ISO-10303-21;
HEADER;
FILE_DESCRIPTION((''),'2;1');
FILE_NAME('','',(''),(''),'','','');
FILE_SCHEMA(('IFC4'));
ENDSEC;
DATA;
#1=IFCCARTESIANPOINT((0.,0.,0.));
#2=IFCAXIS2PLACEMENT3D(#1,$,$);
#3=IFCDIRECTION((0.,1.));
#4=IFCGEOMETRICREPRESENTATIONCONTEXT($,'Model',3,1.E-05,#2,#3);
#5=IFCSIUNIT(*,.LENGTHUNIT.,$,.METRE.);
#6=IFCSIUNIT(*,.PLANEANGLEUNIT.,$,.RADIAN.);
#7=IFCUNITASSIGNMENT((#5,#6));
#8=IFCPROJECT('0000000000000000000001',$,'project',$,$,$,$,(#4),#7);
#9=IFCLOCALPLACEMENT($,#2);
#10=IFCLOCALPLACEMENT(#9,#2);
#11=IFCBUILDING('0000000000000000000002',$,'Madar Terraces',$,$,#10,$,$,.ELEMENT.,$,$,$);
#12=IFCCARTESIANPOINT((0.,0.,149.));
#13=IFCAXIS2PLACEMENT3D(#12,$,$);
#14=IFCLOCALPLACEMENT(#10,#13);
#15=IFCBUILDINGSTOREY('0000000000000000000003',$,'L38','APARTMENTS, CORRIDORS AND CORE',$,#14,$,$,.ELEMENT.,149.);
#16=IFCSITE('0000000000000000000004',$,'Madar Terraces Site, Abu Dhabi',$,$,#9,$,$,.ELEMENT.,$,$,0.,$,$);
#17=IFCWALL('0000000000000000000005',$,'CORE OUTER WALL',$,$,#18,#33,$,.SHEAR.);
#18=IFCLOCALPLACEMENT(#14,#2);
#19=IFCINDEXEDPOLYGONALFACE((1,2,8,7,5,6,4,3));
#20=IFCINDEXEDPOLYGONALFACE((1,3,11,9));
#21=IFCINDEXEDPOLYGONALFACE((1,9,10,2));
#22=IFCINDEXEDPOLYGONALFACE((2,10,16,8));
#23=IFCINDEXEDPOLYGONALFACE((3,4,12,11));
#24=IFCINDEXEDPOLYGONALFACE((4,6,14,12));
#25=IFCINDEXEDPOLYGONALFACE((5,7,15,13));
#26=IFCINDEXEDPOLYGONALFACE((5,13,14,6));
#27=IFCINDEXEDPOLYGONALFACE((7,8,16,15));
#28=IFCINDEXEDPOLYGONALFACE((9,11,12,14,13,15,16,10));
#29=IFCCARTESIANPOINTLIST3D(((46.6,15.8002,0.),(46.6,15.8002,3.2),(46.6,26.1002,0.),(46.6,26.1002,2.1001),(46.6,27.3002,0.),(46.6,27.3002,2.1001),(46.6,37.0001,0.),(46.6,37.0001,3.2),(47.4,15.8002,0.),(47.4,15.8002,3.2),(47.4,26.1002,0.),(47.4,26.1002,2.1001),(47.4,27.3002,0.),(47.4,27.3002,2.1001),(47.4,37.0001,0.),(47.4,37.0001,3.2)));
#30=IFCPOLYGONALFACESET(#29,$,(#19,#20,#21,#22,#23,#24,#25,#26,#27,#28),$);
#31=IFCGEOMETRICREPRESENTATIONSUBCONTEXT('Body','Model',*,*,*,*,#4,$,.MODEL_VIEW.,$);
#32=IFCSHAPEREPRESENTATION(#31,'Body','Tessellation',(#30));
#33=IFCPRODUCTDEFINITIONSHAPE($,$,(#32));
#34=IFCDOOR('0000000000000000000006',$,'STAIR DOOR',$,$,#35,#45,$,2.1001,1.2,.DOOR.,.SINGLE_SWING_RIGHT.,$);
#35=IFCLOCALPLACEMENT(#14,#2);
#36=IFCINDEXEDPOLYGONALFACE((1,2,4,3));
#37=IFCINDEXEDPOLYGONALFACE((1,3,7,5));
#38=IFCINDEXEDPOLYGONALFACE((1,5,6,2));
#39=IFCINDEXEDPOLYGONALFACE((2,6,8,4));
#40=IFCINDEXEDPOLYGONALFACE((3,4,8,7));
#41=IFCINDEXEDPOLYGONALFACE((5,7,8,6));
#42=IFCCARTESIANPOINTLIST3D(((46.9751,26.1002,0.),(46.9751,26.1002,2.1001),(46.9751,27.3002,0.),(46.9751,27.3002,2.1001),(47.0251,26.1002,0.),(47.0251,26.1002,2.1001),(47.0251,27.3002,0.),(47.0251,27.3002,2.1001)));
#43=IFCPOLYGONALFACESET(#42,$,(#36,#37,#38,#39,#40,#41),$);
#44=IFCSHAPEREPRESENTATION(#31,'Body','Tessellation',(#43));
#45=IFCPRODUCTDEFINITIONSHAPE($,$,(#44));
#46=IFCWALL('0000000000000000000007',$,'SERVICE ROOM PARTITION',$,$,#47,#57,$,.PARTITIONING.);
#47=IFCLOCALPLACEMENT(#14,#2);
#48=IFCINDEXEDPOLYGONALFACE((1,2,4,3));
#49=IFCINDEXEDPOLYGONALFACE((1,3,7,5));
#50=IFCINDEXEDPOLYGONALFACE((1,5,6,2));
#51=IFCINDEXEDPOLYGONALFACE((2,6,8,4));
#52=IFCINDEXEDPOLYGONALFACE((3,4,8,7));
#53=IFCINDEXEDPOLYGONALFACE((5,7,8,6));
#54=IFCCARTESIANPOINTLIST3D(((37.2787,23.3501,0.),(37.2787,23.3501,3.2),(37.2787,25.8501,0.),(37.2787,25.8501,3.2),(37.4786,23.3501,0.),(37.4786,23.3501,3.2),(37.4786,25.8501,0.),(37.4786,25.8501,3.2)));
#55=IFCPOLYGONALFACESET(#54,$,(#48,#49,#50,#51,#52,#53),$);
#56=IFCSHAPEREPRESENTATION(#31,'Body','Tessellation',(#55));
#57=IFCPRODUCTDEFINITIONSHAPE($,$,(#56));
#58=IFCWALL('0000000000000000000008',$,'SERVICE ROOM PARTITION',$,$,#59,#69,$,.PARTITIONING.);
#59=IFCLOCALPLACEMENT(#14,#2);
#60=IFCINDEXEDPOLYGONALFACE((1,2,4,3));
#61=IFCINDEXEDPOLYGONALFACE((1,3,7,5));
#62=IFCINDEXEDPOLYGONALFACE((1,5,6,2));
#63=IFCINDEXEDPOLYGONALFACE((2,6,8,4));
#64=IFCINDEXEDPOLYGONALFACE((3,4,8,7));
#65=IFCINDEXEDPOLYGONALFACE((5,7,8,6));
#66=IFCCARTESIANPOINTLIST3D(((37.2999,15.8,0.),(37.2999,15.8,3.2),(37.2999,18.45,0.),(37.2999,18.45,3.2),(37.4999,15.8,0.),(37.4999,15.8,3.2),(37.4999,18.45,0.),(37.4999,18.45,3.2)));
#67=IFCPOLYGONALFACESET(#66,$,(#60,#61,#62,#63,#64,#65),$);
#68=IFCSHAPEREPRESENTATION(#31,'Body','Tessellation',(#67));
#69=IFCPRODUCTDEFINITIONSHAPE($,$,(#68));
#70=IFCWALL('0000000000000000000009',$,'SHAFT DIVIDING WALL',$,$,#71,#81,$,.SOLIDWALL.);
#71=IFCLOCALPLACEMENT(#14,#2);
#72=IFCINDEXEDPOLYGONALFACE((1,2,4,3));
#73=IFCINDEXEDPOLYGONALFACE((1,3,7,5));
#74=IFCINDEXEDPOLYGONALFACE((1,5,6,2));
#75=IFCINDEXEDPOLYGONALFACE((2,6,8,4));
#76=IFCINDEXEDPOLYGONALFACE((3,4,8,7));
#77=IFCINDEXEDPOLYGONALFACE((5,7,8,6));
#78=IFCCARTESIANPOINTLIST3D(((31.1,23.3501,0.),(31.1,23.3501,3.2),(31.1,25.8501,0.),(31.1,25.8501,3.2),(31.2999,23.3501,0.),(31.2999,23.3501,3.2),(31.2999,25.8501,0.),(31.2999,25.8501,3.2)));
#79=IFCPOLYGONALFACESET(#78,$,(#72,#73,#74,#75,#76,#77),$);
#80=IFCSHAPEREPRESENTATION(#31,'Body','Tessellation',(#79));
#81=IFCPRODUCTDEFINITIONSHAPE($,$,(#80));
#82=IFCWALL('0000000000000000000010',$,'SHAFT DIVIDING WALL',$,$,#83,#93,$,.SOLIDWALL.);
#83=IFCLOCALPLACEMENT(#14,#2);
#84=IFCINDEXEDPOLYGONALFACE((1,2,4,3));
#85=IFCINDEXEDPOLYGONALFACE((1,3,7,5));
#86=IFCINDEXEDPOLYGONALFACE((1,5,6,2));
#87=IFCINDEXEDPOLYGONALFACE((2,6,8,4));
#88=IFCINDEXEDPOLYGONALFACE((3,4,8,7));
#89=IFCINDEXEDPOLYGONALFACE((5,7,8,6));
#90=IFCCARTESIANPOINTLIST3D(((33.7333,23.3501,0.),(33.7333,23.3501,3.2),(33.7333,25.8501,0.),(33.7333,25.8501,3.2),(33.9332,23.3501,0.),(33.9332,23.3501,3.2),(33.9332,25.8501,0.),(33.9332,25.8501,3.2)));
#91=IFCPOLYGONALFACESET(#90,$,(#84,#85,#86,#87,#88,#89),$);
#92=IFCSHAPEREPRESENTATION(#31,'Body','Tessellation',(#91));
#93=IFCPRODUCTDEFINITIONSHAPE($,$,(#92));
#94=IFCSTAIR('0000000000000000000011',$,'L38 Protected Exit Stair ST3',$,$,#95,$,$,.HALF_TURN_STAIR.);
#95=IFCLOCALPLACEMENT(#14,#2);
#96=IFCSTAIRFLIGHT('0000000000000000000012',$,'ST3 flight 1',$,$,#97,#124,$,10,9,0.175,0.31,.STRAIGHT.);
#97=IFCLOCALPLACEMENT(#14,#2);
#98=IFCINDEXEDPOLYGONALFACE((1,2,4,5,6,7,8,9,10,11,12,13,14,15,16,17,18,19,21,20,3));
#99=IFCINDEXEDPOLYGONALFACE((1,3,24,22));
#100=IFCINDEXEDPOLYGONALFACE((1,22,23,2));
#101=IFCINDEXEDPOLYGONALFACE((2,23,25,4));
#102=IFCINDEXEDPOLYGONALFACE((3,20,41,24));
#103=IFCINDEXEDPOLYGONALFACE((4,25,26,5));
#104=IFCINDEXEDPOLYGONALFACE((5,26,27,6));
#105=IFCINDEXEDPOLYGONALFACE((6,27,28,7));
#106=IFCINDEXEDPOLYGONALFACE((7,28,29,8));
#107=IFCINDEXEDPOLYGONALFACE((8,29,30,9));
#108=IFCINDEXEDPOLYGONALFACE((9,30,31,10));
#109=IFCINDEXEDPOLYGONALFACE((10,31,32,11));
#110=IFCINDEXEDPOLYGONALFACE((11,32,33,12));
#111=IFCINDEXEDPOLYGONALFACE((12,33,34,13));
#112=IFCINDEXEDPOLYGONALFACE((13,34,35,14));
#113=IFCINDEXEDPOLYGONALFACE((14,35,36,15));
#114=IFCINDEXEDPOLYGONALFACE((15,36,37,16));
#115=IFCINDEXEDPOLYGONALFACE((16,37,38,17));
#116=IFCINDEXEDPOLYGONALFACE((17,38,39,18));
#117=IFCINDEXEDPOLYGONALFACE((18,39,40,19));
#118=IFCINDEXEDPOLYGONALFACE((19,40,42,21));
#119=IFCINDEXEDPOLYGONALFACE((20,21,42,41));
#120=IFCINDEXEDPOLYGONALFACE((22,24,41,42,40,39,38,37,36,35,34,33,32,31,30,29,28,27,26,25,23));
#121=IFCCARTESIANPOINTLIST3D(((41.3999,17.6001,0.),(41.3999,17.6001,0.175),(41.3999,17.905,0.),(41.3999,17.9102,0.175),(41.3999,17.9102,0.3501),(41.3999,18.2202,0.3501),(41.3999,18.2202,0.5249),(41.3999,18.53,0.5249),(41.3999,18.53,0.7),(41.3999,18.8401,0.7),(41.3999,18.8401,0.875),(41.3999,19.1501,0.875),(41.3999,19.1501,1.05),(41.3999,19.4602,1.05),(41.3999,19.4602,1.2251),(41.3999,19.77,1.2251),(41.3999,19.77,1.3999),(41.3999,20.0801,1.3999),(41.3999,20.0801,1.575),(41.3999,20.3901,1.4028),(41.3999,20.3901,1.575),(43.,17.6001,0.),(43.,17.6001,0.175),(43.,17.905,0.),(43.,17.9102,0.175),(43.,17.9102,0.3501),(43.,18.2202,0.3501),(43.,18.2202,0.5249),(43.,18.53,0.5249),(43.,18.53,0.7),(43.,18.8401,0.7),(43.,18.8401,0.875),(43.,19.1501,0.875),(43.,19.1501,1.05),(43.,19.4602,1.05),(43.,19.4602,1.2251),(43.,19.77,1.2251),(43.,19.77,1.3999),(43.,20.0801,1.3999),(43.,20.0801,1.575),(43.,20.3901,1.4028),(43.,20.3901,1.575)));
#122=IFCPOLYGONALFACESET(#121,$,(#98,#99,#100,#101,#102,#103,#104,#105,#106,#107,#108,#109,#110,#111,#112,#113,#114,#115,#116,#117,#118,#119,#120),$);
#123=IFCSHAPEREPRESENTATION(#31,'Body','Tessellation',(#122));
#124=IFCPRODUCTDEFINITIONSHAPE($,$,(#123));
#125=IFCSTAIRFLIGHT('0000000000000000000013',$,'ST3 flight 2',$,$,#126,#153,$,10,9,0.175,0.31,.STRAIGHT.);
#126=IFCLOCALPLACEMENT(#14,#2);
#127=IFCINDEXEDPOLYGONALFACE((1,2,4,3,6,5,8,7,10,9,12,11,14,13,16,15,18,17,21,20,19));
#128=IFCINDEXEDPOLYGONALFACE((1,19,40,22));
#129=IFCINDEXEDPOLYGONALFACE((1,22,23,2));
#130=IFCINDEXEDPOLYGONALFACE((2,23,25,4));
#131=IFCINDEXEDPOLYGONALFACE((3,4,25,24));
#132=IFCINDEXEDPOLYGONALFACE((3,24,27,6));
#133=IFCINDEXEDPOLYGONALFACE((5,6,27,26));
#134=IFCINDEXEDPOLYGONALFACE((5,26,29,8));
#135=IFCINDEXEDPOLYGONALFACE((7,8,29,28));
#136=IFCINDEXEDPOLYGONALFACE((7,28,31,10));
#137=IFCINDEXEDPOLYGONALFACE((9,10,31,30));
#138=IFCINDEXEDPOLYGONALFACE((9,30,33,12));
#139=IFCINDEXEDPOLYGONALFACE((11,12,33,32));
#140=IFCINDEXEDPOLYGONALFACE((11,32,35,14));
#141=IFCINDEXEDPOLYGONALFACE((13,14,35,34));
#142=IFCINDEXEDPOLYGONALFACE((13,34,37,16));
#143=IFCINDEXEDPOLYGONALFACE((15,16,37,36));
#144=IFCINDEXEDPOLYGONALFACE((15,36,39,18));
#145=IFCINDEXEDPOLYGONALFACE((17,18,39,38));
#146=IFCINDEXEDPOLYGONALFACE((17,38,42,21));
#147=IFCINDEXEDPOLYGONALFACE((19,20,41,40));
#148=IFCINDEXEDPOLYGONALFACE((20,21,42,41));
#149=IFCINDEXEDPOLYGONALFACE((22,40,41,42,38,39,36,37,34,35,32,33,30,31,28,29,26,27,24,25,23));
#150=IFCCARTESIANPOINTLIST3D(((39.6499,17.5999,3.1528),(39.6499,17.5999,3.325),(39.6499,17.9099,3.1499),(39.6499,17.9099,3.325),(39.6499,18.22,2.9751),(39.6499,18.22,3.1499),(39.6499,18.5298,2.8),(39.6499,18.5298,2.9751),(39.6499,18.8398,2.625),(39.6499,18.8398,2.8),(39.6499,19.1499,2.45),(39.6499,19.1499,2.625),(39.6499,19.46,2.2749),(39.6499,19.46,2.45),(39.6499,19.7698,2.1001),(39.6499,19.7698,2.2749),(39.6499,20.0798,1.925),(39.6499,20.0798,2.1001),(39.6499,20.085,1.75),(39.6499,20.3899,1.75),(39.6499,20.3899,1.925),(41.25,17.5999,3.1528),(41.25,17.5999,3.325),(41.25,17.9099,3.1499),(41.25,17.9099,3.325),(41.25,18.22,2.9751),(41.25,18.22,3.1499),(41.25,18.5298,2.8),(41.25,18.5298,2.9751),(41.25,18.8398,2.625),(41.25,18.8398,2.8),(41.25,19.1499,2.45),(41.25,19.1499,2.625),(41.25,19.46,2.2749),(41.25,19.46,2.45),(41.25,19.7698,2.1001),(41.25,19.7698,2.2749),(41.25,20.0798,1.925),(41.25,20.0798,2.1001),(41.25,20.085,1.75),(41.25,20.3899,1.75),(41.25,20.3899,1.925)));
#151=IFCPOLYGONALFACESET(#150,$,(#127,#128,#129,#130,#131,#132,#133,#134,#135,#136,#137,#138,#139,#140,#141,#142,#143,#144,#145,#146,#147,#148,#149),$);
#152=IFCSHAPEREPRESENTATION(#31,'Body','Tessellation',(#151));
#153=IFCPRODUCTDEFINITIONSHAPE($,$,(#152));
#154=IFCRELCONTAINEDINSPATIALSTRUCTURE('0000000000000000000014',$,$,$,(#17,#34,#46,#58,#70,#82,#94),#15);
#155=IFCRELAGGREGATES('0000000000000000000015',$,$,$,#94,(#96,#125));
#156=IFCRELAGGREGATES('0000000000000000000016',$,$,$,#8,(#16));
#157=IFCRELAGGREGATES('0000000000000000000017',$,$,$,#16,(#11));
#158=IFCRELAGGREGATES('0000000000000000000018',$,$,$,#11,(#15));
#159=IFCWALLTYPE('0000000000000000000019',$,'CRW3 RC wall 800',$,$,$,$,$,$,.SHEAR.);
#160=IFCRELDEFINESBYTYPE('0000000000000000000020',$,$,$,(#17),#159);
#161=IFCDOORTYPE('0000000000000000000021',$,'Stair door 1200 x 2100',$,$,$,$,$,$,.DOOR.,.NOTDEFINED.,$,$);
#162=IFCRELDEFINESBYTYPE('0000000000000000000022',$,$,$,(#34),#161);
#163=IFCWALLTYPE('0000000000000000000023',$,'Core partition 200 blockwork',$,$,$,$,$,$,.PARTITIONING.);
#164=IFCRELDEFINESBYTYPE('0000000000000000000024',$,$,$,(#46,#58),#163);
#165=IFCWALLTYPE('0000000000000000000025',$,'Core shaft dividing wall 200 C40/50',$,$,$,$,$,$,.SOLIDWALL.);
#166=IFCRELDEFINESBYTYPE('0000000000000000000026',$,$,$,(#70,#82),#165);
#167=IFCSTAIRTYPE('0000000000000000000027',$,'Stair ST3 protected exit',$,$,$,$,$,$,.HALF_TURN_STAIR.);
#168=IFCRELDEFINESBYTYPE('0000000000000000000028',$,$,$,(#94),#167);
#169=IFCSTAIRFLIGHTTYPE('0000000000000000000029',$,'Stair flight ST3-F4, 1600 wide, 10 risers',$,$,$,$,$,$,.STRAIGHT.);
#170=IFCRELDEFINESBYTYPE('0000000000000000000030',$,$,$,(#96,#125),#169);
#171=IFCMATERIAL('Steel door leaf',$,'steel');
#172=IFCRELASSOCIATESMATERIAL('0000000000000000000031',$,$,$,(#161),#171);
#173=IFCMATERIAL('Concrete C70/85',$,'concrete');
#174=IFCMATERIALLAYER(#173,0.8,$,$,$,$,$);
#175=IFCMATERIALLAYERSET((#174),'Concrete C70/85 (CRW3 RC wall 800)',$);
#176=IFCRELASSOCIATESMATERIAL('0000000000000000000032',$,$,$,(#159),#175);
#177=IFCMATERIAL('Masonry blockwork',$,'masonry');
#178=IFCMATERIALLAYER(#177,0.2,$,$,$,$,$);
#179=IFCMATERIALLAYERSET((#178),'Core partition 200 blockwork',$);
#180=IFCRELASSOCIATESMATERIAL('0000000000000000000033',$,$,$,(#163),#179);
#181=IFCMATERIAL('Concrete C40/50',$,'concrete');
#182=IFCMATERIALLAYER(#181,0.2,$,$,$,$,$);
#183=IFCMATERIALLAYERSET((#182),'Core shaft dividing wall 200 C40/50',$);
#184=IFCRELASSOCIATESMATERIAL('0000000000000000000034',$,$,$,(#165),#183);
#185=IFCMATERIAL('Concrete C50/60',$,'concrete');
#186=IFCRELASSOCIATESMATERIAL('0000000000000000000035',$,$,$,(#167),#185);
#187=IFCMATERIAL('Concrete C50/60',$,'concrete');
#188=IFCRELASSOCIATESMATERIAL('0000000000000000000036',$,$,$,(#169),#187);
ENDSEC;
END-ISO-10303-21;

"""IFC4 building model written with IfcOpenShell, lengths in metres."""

from ifc_helpers import new_model, si_unit, direction, frame, frame_2d, origin, place, context, subcontext, project, spatial, polyline, rectangle, outline, extrude, material, layer, layer_set, type_object, element, fill, aggregate, save


model = new_model("IFC4")

# Units and contexts
model_context = context("Model", 3, precision=1e-05, world=origin(), true_north=direction((0.0, 1.0)))
body_context = subcontext(model_context, "Body", "Model", "MODEL_VIEW")
ifc_project = project(units=[si_unit("LENGTHUNIT", "METRE"), si_unit("PLANEANGLEUNIT", "RADIAN")], contexts=[model_context])

# Site, building, storey
site_placement = place(None, origin())
site = spatial("IfcSite", under=ifc_project, at=site_placement, Name="Madar Terraces Site, Abu Dhabi", CompositionType="ELEMENT", RefElevation=0.0)
building_placement = place(site_placement, origin())
building = spatial("IfcBuilding", under=site, at=building_placement, Name="Madar Terraces", CompositionType="ELEMENT")
storey_placement = place(building_placement, frame((0.0, 0.0, 149.0)))
storey = spatial("IfcBuildingStorey", under=building, at=storey_placement, Name="L38", Description="APARTMENTS, CORRIDORS AND CORE", CompositionType="ELEMENT", Elevation=149.0)

# Shared definitions
ifc_material_1 = material(Name="Steel door leaf", Category="steel")
door_type_1 = type_object("IfcDoorType", Name="Stair door 1200 x 2100", OperationType="NOTDEFINED", PredefinedType="DOOR", material=ifc_material_1)

# Wall, opening, door
ifc_material_2 = material(Name="Concrete C70/85", Category="concrete")
ifc_layer_1 = layer(ifc_material_2, 0.8)
ifc_layer_set_1 = layer_set([ifc_layer_1], Name="Concrete C70/85 (CRW3 RC wall 800)")
wall_type_1 = type_object("IfcWallType", Name="CRW3 RC wall 800", PredefinedType="SHEAR", material=ifc_layer_set_1)
wall_1_placement = place(storey_placement, frame((47.0, 15.8, 0.0), z_axis=(0.0, 0.0, 1.0), x_axis=(0.0, 1.0, 0.0)))
wall_1 = element("IfcWall", 1, at=wall_1_placement, inside=storey, type_object=wall_type_1, Name="CORE OUTER WALL", PredefinedType="SHEAR", context=body_context, shape_type="SweptSolid", body=[
    extrude(rectangle(XDim=21.2, YDim=0.8, at=frame_2d((10.6001, 0.0))), origin(), (0.0, 0.0, 1.0), 3.2),
])
opening_1_placement = place(wall_1_placement, frame((10.3, 0.0, 0.0)))
opening_1 = element("IfcOpeningElement", 2, at=opening_1_placement, cuts=wall_1, PredefinedType="OPENING", context=body_context, shape_type="SweptSolid", body=[
    extrude(rectangle(XDim=1.2, YDim=2.1001, at=frame_2d((0.6001, 1.05))), frame((0.0, 0.4099, 0.0), z_axis=(0.0, -1.0, 0.0), x_axis=(1.0, 0.0, 0.0)), (0.0, 0.0, 1.0), 0.8201),
])
door_1_placement = place(opening_1_placement, origin())
door_1 = element("IfcDoor", 3, at=door_1_placement, inside=storey, type_object=door_type_1, Name="STAIR DOOR", OperationType="SINGLE_SWING_RIGHT", OverallHeight=2.1001, OverallWidth=1.2, PredefinedType="DOOR", context=body_context, shape_type="SweptSolid", body=[
    extrude(rectangle(XDim=1.2, YDim=2.1001, at=frame_2d((0.6001, 1.05))), frame((0.0, 0.0249, 0.0), z_axis=(0.0, -1.0, 0.0), x_axis=(1.0, 0.0, 0.0)), (0.0, 0.0, 1.0), 0.05),
])
fill(opening_1, door_1)

# Walls
ifc_material_3 = material(Name="Masonry blockwork", Category="masonry")
ifc_layer_2 = layer(ifc_material_3, 0.2)
ifc_layer_set_2 = layer_set([ifc_layer_2], Name="Core partition 200 blockwork")
wall_type_2 = type_object("IfcWallType", Name="Core partition 200 blockwork", PredefinedType="PARTITIONING", material=ifc_layer_set_2)
wall_2_placement = place(storey_placement, frame((37.3787, 23.3501, 0.0), z_axis=(0.0, 0.0, 1.0), x_axis=(0.0, 1.0, 0.0)))
element("IfcWall", 4, at=wall_2_placement, inside=storey, type_object=wall_type_2, Name="SERVICE ROOM PARTITION", PredefinedType="PARTITIONING", context=body_context, shape_type="SweptSolid", body=[
    extrude(rectangle(XDim=2.5, YDim=0.2, at=frame_2d((1.25, 0.0))), origin(), (0.0, 0.0, 1.0), 3.2),
])
wall_3_placement = place(storey_placement, frame((37.3999, 15.8, 0.0), z_axis=(0.0, 0.0, 1.0), x_axis=(0.0, 1.0, 0.0)))
element("IfcWall", 5, at=wall_3_placement, inside=storey, type_object=wall_type_2, Name="SERVICE ROOM PARTITION", PredefinedType="PARTITIONING", context=body_context, shape_type="SweptSolid", body=[
    extrude(rectangle(XDim=2.6499, YDim=0.2, at=frame_2d((1.325, 0.0))), origin(), (0.0, 0.0, 1.0), 3.2),
])
ifc_material_4 = material(Name="Concrete C40/50", Category="concrete")
ifc_layer_3 = layer(ifc_material_4, 0.2)
ifc_layer_set_3 = layer_set([ifc_layer_3], Name="Core shaft dividing wall 200 C40/50")
wall_type_3 = type_object("IfcWallType", Name="Core shaft dividing wall 200 C40/50", PredefinedType="SOLIDWALL", material=ifc_layer_set_3)
for number, where, z_axis, x_axis, name in (
    (6, (31.2, 23.3501, 0.0), (0.0, 0.0, 1.0), (0.0, 1.0, 0.0), "SHAFT DIVIDING WALL"),
    (7, (33.8333, 23.3501, 0.0), (0.0, 0.0, 1.0), (0.0, 1.0, 0.0), "SHAFT DIVIDING WALL"),
):
    element("IfcWall", number, at=place(storey_placement, frame(where, z_axis=z_axis, x_axis=x_axis)), inside=storey, type_object=wall_type_3, Name=name, PredefinedType="SOLIDWALL", context=body_context, shape_type="SweptSolid", body=[
        extrude(rectangle(XDim=2.5, YDim=0.2, at=frame_2d((1.25, 0.0))), origin(), (0.0, 0.0, 1.0), 3.2),
    ])

# Stair, stair flights
ifc_material_5 = material(Name="Concrete C50/60", Category="concrete")
stair_type = type_object("IfcStairType", Name="Stair ST3 protected exit", PredefinedType="HALF_TURN_STAIR", material=ifc_material_5)
stair_placement = place(storey_placement, origin())
stair = element("IfcStair", 8, at=stair_placement, inside=storey, type_object=stair_type, Name="L38 Protected Exit Stair ST3", PredefinedType="HALF_TURN_STAIR")
ifc_material_6 = material(Name="Concrete C50/60", Category="concrete")
stair_flight_type = type_object("IfcStairFlightType", Name="Stair flight ST3-F4, 1600 wide, 10 risers", PredefinedType="STRAIGHT", material=ifc_material_6)
stair_flight_1_placement = place(storey_placement, frame((42.2, 17.6001, 0.0), z_axis=(0.0, 0.0, 1.0), x_axis=(0.0, 1.0, 0.0)))
stair_flight_1 = element("IfcStairFlight", 9, at=stair_flight_1_placement, type_object=stair_flight_type, Name="ST3 flight 1", NumberOfRisers=10, NumberOfTreads=9, PredefinedType="STRAIGHT", RiserHeight=0.175, TreadLength=0.31, context=body_context, shape_type="SweptSolid", body=[
    extrude(outline(polyline([(0.0, 0.0), (0.0, 0.175), (0.3101, 0.175), (0.3101, 0.3501), (0.6201, 0.3501), (0.6201, 0.5249), (0.9299, 0.5249), (0.9299, 0.7), (1.24, 0.7), (1.24, 0.875), (1.55, 0.875), (1.55, 1.05), (1.8601, 1.05), (1.8601, 1.2251), (2.1699, 1.2251), (2.1699, 1.3999), (2.48, 1.3999), (2.48, 1.575), (2.79, 1.575), (2.79, 1.75), (2.79, 1.4028), (0.3049, 0.0), (0.0, 0.0)])), frame((0.0, 0.8, 0.0), z_axis=(0.0, -1.0, 0.0), x_axis=(1.0, 0.0, 0.0)), (0.0, 0.0, 1.0), 1.6001),
])
stair_flight_2_placement = place(storey_placement, frame((40.45, 20.3899, 1.75), z_axis=(0.0, 0.0, 1.0), x_axis=(0.0, -1.0, 0.0)))
stair_flight_2 = element("IfcStairFlight", 10, at=stair_flight_2_placement, type_object=stair_flight_type, Name="ST3 flight 2", NumberOfRisers=10, NumberOfTreads=9, PredefinedType="STRAIGHT", RiserHeight=0.175, TreadLength=0.31, context=body_context, shape_type="SweptSolid", body=[
    extrude(outline(polyline([(0.0, 0.0), (0.0, 0.175), (0.3101, 0.175), (0.3101, 0.3501), (0.6201, 0.3501), (0.6201, 0.5249), (0.9299, 0.5249), (0.9299, 0.7), (1.24, 0.7), (1.24, 0.875), (1.55, 0.875), (1.55, 1.05), (1.8601, 1.05), (1.8601, 1.2251), (2.1699, 1.2251), (2.1699, 1.3999), (2.48, 1.3999), (2.48, 1.575), (2.79, 1.575), (2.79, 1.75), (2.79, 1.4028), (0.3049, 0.0), (0.0, 0.0)])), frame((0.0, 0.8, 0.0), z_axis=(0.0, -1.0, 0.0), x_axis=(1.0, 0.0, 0.0)), (0.0, 0.0, 1.0), 1.6001),
])
aggregate(stair, [stair_flight_1, stair_flight_2])

save(model, "model.ifc")
